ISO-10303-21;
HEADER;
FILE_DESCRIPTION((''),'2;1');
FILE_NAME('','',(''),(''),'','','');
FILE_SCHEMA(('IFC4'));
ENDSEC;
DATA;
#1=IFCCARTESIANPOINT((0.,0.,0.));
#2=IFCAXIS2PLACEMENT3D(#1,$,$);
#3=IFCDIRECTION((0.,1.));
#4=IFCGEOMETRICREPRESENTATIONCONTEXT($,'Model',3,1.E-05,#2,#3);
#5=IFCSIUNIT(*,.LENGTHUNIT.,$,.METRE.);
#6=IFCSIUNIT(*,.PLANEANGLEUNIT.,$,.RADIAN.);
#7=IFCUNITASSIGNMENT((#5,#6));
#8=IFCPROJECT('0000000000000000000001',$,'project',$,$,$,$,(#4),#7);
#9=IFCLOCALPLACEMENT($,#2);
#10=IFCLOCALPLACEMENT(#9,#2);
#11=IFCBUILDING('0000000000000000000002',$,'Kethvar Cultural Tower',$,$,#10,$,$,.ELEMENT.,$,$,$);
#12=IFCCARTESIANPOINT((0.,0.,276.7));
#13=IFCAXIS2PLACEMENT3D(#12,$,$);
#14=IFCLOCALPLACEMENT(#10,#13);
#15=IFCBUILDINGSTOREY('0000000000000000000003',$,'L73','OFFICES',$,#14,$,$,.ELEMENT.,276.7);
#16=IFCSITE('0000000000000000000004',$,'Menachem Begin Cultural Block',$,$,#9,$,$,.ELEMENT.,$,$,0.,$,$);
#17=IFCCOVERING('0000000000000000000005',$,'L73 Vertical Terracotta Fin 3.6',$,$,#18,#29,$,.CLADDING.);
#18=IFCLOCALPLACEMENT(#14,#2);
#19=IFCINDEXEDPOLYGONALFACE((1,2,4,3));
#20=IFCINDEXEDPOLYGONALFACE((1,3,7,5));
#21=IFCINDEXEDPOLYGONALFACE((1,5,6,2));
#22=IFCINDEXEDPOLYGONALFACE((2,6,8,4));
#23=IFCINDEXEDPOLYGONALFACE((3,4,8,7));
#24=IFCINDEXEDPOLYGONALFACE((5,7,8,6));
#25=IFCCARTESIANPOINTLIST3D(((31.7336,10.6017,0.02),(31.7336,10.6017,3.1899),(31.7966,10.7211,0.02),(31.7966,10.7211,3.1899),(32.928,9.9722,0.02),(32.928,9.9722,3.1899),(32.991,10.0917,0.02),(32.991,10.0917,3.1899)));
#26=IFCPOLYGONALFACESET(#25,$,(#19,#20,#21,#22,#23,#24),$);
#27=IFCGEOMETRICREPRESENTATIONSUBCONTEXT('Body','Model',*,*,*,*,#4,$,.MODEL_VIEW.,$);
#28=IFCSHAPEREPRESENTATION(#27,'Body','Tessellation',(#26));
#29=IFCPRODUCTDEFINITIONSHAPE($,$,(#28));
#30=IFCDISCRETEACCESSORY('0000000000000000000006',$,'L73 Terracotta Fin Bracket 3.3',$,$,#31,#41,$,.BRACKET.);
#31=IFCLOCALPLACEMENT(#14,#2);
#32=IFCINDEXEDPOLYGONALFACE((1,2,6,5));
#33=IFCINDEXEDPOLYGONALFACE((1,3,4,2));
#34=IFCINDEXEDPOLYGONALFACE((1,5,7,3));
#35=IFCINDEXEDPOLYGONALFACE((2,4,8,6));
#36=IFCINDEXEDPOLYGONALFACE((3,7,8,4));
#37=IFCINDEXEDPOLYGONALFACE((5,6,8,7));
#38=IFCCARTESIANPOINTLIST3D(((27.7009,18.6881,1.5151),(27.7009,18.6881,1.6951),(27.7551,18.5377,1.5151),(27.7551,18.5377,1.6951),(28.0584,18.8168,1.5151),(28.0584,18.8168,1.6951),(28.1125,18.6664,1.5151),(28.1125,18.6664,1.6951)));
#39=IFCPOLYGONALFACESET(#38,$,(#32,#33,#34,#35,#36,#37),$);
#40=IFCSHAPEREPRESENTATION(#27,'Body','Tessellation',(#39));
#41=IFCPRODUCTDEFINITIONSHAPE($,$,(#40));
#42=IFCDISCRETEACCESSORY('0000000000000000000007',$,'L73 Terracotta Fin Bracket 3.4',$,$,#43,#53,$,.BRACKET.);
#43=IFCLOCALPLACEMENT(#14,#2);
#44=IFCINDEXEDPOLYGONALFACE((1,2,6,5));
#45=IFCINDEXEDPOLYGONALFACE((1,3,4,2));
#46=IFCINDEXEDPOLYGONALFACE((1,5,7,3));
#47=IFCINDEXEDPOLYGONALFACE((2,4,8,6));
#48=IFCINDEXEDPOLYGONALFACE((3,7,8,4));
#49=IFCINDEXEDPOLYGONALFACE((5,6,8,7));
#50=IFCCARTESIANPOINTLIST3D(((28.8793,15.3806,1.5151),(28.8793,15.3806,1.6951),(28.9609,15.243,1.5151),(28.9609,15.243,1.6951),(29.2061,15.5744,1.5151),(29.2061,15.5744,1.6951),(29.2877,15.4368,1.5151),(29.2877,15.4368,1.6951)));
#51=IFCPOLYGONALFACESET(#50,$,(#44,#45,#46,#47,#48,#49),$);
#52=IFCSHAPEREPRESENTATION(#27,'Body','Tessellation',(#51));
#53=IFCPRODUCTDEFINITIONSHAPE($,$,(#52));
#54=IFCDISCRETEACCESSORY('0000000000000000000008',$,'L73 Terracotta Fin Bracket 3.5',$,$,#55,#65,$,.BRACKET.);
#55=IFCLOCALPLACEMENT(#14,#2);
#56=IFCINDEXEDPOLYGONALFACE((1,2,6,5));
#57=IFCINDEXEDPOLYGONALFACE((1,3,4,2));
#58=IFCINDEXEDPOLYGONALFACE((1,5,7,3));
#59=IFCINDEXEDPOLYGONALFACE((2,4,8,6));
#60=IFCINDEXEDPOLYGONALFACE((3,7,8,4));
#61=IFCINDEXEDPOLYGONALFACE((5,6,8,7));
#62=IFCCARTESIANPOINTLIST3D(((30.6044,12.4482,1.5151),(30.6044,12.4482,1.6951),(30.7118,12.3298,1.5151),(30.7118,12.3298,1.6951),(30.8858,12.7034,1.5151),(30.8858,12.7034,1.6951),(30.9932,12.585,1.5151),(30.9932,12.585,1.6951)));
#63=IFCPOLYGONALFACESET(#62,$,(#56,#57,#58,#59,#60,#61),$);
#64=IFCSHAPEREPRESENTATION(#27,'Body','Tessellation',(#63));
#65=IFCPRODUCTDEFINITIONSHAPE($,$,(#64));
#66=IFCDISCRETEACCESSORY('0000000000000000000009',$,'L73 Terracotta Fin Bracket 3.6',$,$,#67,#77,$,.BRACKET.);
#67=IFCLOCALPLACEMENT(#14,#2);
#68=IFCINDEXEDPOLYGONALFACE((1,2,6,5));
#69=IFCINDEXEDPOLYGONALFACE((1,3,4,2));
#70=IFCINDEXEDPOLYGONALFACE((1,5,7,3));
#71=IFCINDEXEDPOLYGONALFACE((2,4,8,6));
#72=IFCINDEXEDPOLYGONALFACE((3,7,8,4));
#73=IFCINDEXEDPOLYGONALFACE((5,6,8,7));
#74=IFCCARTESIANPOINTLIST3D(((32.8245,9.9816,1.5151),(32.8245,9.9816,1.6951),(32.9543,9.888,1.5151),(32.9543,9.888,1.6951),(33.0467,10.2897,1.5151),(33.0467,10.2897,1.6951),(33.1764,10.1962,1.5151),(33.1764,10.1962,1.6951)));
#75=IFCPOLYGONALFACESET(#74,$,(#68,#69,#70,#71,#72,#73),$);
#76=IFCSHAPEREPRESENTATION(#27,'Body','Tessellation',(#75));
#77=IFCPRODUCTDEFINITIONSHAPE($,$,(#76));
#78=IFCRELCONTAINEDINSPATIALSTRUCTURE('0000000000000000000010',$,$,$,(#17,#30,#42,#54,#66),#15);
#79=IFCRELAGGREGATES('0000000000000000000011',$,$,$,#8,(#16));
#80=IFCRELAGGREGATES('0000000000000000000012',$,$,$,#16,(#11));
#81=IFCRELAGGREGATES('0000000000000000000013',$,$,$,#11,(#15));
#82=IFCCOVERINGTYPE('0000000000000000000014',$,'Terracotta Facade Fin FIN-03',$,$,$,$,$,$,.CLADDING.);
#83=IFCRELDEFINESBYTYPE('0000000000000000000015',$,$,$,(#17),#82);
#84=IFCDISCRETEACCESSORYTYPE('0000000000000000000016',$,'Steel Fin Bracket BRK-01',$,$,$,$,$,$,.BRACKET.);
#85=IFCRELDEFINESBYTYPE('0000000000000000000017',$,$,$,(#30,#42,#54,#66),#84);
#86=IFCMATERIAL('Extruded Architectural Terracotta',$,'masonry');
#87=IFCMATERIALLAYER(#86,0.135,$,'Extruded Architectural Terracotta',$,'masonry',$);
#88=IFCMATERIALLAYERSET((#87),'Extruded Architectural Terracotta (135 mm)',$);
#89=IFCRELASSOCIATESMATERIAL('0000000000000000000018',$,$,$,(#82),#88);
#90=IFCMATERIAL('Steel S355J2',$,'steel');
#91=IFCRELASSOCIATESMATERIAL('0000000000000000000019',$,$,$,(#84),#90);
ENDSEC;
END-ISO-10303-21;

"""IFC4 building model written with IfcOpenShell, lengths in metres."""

from ifc_helpers import new_model, si_unit, direction, frame, origin, origin_2d, place, context, subcontext, project, spatial, rectangle, extrude, source, transform, mapped, material, layer, layer_set, type_object, element, save


model = new_model("IFC4")

# Units and contexts
model_context = context("Model", 3, precision=1e-05, world=origin(), true_north=direction((0.0, 1.0)))
body_context = subcontext(model_context, "Body", "Model", "MODEL_VIEW")
ifc_project = project(units=[si_unit("LENGTHUNIT", "METRE"), si_unit("PLANEANGLEUNIT", "RADIAN")], contexts=[model_context])

# Site, building, storey
site_placement = place(None, origin())
site = spatial("IfcSite", under=ifc_project, at=site_placement, Name="Menachem Begin Cultural Block", CompositionType="ELEMENT", RefElevation=0.0)
building_placement = place(site_placement, origin())
building = spatial("IfcBuilding", under=site, at=building_placement, Name="Kethvar Cultural Tower", CompositionType="ELEMENT")
storey_placement = place(building_placement, frame((0.0, 0.0, 276.7)))
storey = spatial("IfcBuildingStorey", under=building, at=storey_placement, Name="L73", Description="OFFICES", CompositionType="ELEMENT", Elevation=276.7)

# Shared definitions
ifc_material_1 = material(Name="Steel S355J2", Category="steel")

# Covering
ifc_material_2 = material(Name="Extruded Architectural Terracotta", Category="masonry")
ifc_layer_1 = layer(ifc_material_2, 0.135, Name="Extruded Architectural Terracotta", Category="masonry")
ifc_layer_set_1 = layer_set([ifc_layer_1], Name="Extruded Architectural Terracotta (135 mm)")
covering_type = type_object("IfcCoveringType", Name="Terracotta Facade Fin FIN-03", PredefinedType="CLADDING", material=ifc_layer_set_1)
shared_shape_1 = source(origin(), body_context, "Body", "SweptSolid", [
    extrude(rectangle(XDim=1.3501, YDim=0.135, at=origin_2d()), origin(), (0.0, 0.0, 1.0), 3.1699),
])
for number, where, z_axis, x_axis, name in (
    (1, (32.3623, 10.3467, 0.02), (0.0, 0.0, 1.0), (-0.884662, 0.466232, 0.0), "L73 Vertical Terracotta Fin 3.6"),
):
    element("IfcCovering", number, at=place(storey_placement, frame(where, z_axis=z_axis, x_axis=x_axis)), inside=storey, type_object=covering_type, Name=name, PredefinedType="CLADDING", context=body_context, shape_type="MappedRepresentation", body=[
        mapped(shared_shape_1, transform((0.0, 0.0, 0.0), scale=1.0)),
    ])

# Discrete accessories
discrete_accessory_type = type_object("IfcDiscreteAccessoryType", Name="Steel Fin Bracket BRK-01", PredefinedType="BRACKET", material=ifc_material_1)
shared_shape_2 = source(origin(), body_context, "Body", "SweptSolid", [
    extrude(rectangle(XDim=0.3799, YDim=0.1599, at=origin_2d()), origin(), (0.0, 0.0, 1.0), 0.1799),
])
for number, where, z_axis, x_axis, name in (
    (2, (27.9067, 18.6772, 1.5151), (0.0, 0.0, 1.0), (-0.940881, -0.338738, 0.0), "L73 Terracotta Fin Bracket 3.3"),
    (3, (29.0835, 15.4087, 1.5151), (0.0, 0.0, 1.0), (-0.860119, -0.510093, 0.0), "L73 Terracotta Fin Bracket 3.4"),
    (4, (30.7988, 12.5166, 1.5151), (0.0, 0.0, 1.0), (-0.740805, -0.671721, 0.0), "L73 Terracotta Fin Bracket 3.5"),
    (5, (33.0005, 10.0889, 1.5151), (0.0, 0.0, 1.0), (-0.584816, -0.811166, 0.0), "L73 Terracotta Fin Bracket 3.6"),
):
    element("IfcDiscreteAccessory", number, at=place(storey_placement, frame(where, z_axis=z_axis, x_axis=x_axis)), inside=storey, type_object=discrete_accessory_type, Name=name, PredefinedType="BRACKET", context=body_context, shape_type="MappedRepresentation", body=[
        mapped(shared_shape_2, transform((0.0, 0.0, 0.0), scale=1.0)),
    ])

save(model, "model.ifc")
